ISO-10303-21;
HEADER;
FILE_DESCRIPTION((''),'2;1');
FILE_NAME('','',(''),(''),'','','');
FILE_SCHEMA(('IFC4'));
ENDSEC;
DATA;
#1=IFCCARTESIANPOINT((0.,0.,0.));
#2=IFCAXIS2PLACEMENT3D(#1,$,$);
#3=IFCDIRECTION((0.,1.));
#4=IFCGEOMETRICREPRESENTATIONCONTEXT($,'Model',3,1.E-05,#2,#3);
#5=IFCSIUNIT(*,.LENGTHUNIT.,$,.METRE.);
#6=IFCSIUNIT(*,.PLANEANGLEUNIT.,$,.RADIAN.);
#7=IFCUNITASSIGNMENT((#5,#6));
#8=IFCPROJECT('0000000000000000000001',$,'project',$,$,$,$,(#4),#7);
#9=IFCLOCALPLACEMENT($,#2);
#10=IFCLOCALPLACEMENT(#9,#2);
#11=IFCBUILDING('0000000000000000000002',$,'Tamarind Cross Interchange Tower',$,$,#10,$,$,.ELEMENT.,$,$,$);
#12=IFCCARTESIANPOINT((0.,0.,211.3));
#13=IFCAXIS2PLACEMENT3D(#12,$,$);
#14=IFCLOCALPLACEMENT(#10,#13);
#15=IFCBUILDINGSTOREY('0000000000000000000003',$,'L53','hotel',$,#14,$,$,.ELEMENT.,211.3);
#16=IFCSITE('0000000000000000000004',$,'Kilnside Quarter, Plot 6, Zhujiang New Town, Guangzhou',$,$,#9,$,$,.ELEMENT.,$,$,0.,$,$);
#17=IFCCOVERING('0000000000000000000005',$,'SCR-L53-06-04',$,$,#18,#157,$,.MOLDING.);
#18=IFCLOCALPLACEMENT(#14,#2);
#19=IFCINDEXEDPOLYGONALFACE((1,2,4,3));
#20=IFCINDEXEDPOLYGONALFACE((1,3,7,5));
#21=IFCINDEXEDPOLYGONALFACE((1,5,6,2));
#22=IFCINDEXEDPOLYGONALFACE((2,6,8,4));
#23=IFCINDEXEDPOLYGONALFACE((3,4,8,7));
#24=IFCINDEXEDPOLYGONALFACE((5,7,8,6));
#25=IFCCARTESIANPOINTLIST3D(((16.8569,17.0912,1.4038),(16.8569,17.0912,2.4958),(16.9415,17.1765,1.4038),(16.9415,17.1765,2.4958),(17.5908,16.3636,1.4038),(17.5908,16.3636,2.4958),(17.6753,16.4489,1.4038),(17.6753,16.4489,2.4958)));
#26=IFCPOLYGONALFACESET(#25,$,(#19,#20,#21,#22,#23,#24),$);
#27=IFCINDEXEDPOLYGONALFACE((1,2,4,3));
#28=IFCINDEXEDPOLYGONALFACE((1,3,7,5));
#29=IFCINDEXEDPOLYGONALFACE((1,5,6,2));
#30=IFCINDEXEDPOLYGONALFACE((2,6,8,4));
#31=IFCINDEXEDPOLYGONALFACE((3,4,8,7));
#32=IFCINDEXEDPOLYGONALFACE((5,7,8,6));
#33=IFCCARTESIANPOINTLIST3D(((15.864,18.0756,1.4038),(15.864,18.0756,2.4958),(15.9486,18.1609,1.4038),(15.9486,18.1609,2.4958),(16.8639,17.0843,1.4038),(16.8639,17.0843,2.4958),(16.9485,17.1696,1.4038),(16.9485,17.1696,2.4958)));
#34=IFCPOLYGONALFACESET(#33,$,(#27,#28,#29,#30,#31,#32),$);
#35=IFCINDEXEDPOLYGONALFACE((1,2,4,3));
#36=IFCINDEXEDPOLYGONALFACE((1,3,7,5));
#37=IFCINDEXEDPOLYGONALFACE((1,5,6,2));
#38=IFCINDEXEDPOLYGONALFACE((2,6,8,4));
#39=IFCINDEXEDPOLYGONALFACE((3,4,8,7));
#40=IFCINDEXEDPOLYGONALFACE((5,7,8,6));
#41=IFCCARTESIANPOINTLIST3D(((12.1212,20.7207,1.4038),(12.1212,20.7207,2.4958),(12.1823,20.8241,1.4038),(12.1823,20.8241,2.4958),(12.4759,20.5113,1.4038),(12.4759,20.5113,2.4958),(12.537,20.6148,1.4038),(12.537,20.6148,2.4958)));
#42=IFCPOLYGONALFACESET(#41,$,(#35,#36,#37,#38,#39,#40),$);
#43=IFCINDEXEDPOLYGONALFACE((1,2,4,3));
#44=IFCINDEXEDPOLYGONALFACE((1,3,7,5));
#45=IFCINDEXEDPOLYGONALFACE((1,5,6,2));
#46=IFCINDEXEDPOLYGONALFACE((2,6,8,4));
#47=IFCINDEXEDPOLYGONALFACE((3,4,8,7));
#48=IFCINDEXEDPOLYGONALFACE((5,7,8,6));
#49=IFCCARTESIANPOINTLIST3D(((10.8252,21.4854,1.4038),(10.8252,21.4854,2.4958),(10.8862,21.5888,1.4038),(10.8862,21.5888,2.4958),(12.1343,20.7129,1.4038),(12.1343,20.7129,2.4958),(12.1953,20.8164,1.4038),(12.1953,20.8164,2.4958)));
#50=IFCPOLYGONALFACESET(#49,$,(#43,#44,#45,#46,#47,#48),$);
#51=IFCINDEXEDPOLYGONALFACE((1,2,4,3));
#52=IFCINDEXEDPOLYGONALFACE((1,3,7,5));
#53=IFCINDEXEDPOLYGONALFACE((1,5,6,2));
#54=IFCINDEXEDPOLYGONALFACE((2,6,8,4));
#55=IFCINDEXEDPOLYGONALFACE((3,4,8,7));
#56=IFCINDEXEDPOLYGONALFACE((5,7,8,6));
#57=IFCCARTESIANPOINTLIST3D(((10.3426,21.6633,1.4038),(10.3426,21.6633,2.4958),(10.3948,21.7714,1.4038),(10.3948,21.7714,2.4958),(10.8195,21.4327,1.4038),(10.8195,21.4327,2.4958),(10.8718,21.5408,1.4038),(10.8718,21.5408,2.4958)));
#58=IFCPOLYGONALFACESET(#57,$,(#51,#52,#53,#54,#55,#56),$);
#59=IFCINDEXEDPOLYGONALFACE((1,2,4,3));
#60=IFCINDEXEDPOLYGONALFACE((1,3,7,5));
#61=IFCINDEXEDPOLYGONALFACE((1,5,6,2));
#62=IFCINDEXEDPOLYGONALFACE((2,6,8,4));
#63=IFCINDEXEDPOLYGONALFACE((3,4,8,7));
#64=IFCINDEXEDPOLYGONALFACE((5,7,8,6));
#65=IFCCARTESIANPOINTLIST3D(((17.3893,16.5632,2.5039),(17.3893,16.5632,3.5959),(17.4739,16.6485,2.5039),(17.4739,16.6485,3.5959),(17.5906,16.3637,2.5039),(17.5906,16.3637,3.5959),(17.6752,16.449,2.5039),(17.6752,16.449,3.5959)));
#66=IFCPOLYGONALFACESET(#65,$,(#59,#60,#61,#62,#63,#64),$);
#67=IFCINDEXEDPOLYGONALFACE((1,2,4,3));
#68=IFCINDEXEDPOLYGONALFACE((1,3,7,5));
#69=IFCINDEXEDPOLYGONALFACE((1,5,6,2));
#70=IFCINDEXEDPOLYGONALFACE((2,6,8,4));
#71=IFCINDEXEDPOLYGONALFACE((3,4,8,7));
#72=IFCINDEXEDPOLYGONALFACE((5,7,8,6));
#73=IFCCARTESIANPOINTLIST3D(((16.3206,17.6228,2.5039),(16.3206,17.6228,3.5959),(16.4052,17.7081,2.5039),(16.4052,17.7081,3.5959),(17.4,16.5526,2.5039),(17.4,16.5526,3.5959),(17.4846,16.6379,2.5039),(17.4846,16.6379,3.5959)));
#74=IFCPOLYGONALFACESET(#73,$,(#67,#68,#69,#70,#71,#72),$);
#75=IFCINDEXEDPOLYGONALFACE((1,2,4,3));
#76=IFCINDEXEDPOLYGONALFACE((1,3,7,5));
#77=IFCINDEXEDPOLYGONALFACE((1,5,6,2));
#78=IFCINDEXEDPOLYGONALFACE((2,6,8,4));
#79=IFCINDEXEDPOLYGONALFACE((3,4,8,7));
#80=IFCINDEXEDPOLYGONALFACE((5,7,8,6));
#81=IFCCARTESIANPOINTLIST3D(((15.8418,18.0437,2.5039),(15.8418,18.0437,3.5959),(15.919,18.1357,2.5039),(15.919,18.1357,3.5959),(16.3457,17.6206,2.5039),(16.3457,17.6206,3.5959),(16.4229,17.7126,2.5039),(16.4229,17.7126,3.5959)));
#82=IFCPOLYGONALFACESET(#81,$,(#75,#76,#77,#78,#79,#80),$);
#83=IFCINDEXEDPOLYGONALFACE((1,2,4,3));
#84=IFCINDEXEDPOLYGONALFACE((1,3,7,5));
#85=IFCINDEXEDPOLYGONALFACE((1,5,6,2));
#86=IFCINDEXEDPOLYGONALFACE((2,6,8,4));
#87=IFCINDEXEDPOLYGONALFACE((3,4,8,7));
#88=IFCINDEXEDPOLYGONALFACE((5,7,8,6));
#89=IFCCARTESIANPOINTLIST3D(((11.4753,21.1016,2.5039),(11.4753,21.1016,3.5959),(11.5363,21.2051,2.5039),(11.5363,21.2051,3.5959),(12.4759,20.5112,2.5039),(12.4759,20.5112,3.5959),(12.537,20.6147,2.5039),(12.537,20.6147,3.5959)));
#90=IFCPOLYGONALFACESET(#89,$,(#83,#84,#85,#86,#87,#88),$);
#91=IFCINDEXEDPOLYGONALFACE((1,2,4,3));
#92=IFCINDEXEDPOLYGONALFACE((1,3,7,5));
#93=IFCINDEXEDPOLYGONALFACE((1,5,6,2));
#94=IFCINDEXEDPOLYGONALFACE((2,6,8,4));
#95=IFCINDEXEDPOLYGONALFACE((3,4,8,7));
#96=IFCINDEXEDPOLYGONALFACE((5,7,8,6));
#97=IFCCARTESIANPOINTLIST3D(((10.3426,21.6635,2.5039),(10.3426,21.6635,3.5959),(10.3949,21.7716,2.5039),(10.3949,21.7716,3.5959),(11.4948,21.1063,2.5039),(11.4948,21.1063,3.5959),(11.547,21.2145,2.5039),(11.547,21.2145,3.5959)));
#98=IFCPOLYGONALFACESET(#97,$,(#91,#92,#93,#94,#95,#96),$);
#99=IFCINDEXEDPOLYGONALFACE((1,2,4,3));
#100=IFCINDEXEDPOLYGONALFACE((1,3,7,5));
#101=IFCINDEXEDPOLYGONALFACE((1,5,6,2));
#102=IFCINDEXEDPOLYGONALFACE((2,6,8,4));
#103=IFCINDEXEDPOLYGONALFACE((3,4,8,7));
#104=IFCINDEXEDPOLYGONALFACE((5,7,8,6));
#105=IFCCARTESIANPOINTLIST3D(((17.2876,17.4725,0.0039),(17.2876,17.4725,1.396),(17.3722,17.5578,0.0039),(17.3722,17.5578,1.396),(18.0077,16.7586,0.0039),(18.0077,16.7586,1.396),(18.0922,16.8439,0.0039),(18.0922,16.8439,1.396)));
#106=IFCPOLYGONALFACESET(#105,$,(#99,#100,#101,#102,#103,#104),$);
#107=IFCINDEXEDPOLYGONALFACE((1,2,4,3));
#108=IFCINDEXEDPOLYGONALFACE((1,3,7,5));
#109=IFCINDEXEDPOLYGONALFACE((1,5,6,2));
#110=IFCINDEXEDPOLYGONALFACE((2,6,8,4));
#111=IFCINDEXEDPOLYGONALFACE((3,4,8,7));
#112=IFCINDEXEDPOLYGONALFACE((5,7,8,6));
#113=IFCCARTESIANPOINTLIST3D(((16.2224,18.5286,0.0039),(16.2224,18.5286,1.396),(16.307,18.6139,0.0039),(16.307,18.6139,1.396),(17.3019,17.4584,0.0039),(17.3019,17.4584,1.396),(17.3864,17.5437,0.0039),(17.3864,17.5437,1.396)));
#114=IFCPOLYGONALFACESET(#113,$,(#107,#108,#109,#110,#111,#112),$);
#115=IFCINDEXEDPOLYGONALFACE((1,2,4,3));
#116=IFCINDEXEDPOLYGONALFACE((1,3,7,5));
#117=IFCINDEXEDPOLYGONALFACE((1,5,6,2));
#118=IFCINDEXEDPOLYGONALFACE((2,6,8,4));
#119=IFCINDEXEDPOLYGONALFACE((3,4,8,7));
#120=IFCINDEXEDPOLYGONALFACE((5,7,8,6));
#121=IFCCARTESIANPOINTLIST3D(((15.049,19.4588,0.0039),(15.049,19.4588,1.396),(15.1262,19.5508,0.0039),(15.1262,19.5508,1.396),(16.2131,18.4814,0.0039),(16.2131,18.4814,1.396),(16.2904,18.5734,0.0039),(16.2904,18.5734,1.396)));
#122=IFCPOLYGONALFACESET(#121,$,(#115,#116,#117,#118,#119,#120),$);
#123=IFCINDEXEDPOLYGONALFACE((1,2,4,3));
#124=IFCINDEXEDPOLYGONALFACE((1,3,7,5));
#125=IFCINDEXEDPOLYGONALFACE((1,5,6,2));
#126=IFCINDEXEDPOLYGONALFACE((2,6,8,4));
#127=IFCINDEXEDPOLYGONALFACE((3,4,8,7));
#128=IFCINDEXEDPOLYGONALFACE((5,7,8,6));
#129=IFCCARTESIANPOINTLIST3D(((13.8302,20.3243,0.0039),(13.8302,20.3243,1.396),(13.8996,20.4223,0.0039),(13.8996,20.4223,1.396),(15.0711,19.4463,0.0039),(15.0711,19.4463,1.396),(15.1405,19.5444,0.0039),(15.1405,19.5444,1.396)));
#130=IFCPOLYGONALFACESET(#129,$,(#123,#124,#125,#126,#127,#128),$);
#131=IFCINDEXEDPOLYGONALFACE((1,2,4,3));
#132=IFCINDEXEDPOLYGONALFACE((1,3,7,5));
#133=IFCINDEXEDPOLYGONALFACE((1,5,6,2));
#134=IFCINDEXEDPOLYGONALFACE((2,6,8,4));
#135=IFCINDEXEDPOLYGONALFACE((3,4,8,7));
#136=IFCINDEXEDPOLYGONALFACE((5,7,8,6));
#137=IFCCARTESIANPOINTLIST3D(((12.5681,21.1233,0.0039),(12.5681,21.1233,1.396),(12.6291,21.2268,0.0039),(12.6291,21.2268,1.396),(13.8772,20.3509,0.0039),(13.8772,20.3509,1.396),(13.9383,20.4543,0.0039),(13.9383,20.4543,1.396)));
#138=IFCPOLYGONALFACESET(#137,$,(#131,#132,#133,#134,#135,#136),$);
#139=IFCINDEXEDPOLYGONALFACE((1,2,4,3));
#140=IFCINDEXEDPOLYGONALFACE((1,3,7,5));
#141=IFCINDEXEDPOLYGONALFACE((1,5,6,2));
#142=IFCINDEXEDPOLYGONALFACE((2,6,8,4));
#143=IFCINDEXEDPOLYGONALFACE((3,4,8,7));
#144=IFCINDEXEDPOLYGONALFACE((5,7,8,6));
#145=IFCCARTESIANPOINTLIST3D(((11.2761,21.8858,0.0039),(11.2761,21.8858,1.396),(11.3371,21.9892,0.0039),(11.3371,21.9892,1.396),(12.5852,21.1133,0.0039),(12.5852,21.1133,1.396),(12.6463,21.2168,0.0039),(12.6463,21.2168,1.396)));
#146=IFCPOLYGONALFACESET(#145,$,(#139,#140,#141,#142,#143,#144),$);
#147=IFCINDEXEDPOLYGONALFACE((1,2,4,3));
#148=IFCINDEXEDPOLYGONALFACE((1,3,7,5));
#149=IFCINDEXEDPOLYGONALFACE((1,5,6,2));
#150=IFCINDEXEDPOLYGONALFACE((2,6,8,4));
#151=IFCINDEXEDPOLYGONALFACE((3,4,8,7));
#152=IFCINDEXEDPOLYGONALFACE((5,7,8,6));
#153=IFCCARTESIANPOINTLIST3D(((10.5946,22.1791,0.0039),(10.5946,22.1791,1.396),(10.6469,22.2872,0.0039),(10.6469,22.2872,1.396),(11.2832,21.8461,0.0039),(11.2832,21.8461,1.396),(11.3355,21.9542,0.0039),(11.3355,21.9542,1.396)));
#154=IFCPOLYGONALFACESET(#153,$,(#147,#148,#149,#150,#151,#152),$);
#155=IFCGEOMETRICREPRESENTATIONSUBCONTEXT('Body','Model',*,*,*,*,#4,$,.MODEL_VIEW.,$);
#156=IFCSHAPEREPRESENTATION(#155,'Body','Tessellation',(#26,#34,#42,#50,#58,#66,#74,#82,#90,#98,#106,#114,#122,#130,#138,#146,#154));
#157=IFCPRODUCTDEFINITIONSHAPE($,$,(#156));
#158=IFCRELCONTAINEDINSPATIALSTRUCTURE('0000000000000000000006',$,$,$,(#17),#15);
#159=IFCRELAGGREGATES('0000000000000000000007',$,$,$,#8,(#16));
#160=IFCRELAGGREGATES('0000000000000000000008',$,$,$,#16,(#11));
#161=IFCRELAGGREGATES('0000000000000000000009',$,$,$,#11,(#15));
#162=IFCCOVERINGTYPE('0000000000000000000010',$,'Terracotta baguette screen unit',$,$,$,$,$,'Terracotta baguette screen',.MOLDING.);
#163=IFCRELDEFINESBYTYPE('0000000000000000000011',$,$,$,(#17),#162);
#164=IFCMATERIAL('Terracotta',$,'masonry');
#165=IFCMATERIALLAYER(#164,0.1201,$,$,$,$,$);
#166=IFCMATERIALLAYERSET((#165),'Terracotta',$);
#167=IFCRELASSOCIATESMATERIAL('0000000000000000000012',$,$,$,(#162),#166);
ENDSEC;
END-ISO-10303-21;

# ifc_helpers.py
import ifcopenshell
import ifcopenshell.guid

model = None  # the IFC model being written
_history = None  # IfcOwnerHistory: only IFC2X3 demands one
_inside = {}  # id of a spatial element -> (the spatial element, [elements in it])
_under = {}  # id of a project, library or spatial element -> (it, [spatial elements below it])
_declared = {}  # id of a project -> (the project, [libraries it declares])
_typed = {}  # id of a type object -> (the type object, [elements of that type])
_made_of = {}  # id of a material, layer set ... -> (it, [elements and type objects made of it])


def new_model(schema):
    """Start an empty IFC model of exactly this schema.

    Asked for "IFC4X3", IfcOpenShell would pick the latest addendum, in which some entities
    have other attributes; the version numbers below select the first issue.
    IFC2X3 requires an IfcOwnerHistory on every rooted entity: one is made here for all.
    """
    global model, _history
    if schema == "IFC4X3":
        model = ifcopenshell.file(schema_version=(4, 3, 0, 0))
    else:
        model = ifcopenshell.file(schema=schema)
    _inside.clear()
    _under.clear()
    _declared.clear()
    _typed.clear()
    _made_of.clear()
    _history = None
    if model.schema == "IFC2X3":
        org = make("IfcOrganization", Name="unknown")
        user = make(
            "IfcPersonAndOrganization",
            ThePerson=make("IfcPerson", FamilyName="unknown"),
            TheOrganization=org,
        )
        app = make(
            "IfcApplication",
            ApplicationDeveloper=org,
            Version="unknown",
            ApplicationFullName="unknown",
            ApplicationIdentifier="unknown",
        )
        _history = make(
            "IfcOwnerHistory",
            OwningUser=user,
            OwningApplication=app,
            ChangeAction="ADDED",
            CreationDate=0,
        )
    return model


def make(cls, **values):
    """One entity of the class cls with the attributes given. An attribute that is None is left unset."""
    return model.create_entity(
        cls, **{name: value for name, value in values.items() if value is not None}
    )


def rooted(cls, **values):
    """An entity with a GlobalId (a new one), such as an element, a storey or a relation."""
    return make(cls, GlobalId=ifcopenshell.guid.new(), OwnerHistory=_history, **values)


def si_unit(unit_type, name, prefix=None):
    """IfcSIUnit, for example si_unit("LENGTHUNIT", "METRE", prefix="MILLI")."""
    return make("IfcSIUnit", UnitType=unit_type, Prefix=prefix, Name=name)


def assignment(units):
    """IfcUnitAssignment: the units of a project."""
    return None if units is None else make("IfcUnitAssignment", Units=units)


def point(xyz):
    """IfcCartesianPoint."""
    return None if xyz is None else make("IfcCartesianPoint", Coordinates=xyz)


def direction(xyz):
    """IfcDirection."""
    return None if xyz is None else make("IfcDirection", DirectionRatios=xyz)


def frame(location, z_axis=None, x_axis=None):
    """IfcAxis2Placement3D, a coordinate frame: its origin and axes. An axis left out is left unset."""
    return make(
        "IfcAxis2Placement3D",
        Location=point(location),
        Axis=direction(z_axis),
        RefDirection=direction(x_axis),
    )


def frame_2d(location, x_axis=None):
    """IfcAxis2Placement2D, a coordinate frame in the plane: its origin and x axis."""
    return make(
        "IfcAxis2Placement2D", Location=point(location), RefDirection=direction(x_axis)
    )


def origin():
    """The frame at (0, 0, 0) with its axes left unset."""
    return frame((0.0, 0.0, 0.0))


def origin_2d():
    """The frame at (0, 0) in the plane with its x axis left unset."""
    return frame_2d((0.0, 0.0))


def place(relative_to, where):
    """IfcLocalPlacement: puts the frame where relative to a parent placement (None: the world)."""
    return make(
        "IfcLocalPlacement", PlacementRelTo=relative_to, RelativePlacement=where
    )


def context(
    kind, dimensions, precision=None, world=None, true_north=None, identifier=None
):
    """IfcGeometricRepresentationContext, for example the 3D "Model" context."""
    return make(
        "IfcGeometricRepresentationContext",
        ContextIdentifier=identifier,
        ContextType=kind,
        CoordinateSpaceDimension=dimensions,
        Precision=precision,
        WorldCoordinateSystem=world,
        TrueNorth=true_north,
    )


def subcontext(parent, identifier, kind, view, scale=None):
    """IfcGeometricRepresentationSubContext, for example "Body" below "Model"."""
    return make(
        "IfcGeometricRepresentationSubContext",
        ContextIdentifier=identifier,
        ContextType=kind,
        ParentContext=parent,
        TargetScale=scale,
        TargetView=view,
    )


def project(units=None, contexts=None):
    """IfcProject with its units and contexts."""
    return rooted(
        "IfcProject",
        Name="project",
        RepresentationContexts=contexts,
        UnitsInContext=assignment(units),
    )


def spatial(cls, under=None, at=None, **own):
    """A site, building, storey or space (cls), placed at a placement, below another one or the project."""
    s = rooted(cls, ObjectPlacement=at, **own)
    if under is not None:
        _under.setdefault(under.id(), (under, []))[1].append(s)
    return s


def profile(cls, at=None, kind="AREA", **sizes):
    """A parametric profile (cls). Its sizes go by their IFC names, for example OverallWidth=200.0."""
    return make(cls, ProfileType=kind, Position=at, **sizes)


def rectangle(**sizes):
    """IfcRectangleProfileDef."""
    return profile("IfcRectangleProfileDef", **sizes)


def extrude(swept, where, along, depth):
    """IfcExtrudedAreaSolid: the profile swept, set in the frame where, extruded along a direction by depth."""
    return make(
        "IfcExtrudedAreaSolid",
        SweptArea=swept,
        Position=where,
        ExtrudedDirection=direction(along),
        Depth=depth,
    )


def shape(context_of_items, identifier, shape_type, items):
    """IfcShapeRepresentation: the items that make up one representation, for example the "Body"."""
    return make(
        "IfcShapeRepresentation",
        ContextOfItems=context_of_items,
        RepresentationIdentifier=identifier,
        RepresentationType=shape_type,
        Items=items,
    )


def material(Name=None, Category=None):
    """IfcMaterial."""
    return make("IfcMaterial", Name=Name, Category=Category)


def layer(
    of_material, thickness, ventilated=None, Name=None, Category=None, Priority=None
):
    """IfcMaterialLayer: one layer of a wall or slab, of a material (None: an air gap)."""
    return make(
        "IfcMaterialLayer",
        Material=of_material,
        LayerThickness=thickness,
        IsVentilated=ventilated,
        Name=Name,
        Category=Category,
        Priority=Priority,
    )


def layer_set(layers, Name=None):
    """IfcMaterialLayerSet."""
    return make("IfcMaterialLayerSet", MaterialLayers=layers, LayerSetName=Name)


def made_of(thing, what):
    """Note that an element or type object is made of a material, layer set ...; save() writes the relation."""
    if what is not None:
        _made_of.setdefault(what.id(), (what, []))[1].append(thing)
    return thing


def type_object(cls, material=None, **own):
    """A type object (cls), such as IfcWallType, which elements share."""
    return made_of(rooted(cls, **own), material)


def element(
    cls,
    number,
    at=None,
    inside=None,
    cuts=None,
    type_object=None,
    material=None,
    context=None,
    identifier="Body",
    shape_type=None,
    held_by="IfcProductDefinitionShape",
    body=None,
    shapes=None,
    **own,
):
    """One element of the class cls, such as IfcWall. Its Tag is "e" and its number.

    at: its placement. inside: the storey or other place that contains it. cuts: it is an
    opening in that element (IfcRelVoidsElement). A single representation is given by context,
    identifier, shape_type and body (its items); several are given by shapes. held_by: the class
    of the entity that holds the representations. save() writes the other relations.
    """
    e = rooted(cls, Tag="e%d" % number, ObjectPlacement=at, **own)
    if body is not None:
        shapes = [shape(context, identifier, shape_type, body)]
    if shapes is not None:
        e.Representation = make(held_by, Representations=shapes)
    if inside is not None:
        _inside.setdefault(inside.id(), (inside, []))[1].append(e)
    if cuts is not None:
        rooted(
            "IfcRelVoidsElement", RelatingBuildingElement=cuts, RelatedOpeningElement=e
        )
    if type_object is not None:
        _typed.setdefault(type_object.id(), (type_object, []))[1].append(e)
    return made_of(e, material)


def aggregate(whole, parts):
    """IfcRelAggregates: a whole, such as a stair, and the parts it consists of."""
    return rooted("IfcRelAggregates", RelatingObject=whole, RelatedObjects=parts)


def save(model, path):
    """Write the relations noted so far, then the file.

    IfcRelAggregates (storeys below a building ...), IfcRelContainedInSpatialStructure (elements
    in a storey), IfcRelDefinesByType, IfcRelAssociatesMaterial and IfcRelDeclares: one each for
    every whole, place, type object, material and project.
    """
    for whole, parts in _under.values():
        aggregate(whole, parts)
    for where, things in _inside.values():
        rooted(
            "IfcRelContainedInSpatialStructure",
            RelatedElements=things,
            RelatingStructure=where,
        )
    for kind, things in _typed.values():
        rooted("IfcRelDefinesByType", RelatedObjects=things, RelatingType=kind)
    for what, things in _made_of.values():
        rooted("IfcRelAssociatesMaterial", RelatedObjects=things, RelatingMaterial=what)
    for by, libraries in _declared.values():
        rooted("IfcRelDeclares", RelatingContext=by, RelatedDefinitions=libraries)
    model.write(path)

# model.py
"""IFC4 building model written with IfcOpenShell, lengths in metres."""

from ifc_helpers import new_model, si_unit, direction, frame, origin, origin_2d, place, context, subcontext, project, spatial, rectangle, extrude, material, layer, layer_set, type_object, element, save


model = new_model("IFC4")

# Units and contexts
model_context = context("Model", 3, precision=1e-05, world=origin(), true_north=direction((0.0, 1.0)))
body_context = subcontext(model_context, "Body", "Model", "MODEL_VIEW")
ifc_project = project(units=[si_unit("LENGTHUNIT", "METRE"), si_unit("PLANEANGLEUNIT", "RADIAN")], contexts=[model_context])

# Site, building, storey
site_placement = place(None, origin())
site = spatial("IfcSite", under=ifc_project, at=site_placement, Name="Kilnside Quarter, Plot 6, Zhujiang New Town, Guangzhou", CompositionType="ELEMENT", RefElevation=0.0)
building_placement = place(site_placement, origin())
building = spatial("IfcBuilding", under=site, at=building_placement, Name="Tamarind Cross Interchange Tower", CompositionType="ELEMENT")
storey_placement = place(building_placement, frame((0.0, 0.0, 211.3)))
storey = spatial("IfcBuildingStorey", under=building, at=storey_placement, Name="L53", Description="hotel", CompositionType="ELEMENT", Elevation=211.3)

# Covering
ifc_material_1 = material(Name="Terracotta", Category="masonry")
ifc_layer_1 = layer(ifc_material_1, 0.1201)
ifc_layer_set_1 = layer_set([ifc_layer_1], Name="Terracotta")
covering_type = type_object("IfcCoveringType", Name="Terracotta baguette screen unit", ElementType="Terracotta baguette screen", PredefinedType="MOLDING", material=ifc_layer_set_1)
covering_1_placement = place(storey_placement, origin())
element("IfcCovering", 1, at=covering_1_placement, inside=storey, type_object=covering_type, Name="SCR-L53-06-04", PredefinedType="MOLDING", context=body_context, shape_type="SweptSolid", body=[
    extrude(rectangle(XDim=1.0334, YDim=0.1201, at=origin_2d()), frame((17.2661, 16.77, 1.4038), z_axis=(0.0, 0.0, 1.0), x_axis=(-0.710143, 0.704057, 0.0)), (0.0, 0.0, 1.0), 1.092),
    extrude(rectangle(XDim=1.408, YDim=0.1201, at=origin_2d()), frame((16.4062, 17.6226, 1.4038), z_axis=(0.0, 0.0, 1.0), x_axis=(-0.710143, 0.704057, 0.0)), (0.0, 0.0, 1.0), 1.092),
    extrude(rectangle(XDim=0.4119, YDim=0.1201, at=origin_2d()), frame((12.3291, 20.6677, 1.4038), z_axis=(0.0, 0.0, 1.0), x_axis=(-0.861249, 0.508183, 0.0)), (0.0, 0.0, 1.0), 1.092),
    extrude(rectangle(XDim=1.52, YDim=0.1201, at=origin_2d()), frame((11.5103, 21.1509, 1.4038), z_axis=(0.0, 0.0, 1.0), x_axis=(-0.861249, 0.508183, 0.0)), (0.0, 0.0, 1.0), 1.092),
    extrude(rectangle(XDim=0.5298, YDim=0.1201, at=origin_2d()), frame((10.6072, 21.6021, 1.4038), z_axis=(0.0, 0.0, 1.0), x_axis=(-0.900273, 0.435326, 0.0)), (0.0, 0.0, 1.0), 1.092),
    extrude(rectangle(XDim=0.2834, YDim=0.1201, at=origin_2d()), frame((17.5322, 16.5061, 2.5039), z_axis=(0.0, 0.0, 1.0), x_axis=(-0.710143, 0.704057, 0.0)), (0.0, 0.0, 1.0), 1.092),
    extrude(rectangle(XDim=1.52, YDim=0.1201, at=origin_2d()), frame((16.9026, 17.1304, 2.5039), z_axis=(0.0, 0.0, 1.0), x_axis=(-0.710143, 0.704057, 0.0)), (0.0, 0.0, 1.0), 1.092),
    extrude(rectangle(XDim=0.658, YDim=0.1201, at=origin_2d()), frame((16.1323, 17.8782, 2.5039), z_axis=(0.0, 0.0, 1.0), x_axis=(-0.765858, 0.643009, 0.0)), (0.0, 0.0, 1.0), 1.092),
    extrude(rectangle(XDim=1.1619, YDim=0.1201, at=origin_2d()), frame((12.0061, 20.8582, 2.5039), z_axis=(0.0, 0.0, 1.0), x_axis=(-0.861249, 0.508183, 0.0)), (0.0, 0.0, 1.0), 1.092),
    extrude(rectangle(XDim=1.2798, YDim=0.1201, at=origin_2d()), frame((10.9448, 21.439, 2.5039), z_axis=(0.0, 0.0, 1.0), x_axis=(-0.900273, 0.435326, 0.0)), (0.0, 0.0, 1.0), 1.092),
    extrude(rectangle(XDim=1.0139, YDim=0.1201, at=origin_2d()), frame((17.6899, 17.1582, 0.0039), z_axis=(0.0, 0.0, 1.0), x_axis=(-0.710143, 0.704057, 0.0)), (0.0, 0.0, 1.0), 1.3921),
    extrude(rectangle(XDim=1.52, YDim=0.1201, at=origin_2d()), frame((16.8044, 18.0361, 0.0039), z_axis=(0.0, 0.0, 1.0), x_axis=(-0.710143, 0.704057, 0.0)), (0.0, 0.0, 1.0), 1.3921),
    extrude(rectangle(XDim=1.52, YDim=0.1201, at=origin_2d()), frame((15.6697, 19.0161, 0.0039), z_axis=(0.0, 0.0, 1.0), x_axis=(-0.765858, 0.643009, 0.0)), (0.0, 0.0, 1.0), 1.3921),
    extrude(rectangle(XDim=1.52, YDim=0.1201, at=origin_2d()), frame((14.4854, 19.9343, 0.0039), z_axis=(0.0, 0.0, 1.0), x_axis=(-0.816342, 0.577569, 0.0)), (0.0, 0.0, 1.0), 1.3921),
    extrude(rectangle(XDim=1.52, YDim=0.1201, at=origin_2d()), frame((13.2532, 20.7888, 0.0039), z_axis=(0.0, 0.0, 1.0), x_axis=(-0.861249, 0.508183, 0.0)), (0.0, 0.0, 1.0), 1.3921),
    extrude(rectangle(XDim=1.52, YDim=0.1201, at=origin_2d()), frame((11.9612, 21.5513, 0.0039), z_axis=(0.0, 0.0, 1.0), x_axis=(-0.861249, 0.508183, 0.0)), (0.0, 0.0, 1.0), 1.3921),
    extrude(rectangle(XDim=0.7649, YDim=0.1201, at=origin_2d()), frame((10.9651, 22.0667, 0.0039), z_axis=(0.0, 0.0, 1.0), x_axis=(-0.900273, 0.435326, 0.0)), (0.0, 0.0, 1.0), 1.3921),
])

save(model, "model.ifc")
